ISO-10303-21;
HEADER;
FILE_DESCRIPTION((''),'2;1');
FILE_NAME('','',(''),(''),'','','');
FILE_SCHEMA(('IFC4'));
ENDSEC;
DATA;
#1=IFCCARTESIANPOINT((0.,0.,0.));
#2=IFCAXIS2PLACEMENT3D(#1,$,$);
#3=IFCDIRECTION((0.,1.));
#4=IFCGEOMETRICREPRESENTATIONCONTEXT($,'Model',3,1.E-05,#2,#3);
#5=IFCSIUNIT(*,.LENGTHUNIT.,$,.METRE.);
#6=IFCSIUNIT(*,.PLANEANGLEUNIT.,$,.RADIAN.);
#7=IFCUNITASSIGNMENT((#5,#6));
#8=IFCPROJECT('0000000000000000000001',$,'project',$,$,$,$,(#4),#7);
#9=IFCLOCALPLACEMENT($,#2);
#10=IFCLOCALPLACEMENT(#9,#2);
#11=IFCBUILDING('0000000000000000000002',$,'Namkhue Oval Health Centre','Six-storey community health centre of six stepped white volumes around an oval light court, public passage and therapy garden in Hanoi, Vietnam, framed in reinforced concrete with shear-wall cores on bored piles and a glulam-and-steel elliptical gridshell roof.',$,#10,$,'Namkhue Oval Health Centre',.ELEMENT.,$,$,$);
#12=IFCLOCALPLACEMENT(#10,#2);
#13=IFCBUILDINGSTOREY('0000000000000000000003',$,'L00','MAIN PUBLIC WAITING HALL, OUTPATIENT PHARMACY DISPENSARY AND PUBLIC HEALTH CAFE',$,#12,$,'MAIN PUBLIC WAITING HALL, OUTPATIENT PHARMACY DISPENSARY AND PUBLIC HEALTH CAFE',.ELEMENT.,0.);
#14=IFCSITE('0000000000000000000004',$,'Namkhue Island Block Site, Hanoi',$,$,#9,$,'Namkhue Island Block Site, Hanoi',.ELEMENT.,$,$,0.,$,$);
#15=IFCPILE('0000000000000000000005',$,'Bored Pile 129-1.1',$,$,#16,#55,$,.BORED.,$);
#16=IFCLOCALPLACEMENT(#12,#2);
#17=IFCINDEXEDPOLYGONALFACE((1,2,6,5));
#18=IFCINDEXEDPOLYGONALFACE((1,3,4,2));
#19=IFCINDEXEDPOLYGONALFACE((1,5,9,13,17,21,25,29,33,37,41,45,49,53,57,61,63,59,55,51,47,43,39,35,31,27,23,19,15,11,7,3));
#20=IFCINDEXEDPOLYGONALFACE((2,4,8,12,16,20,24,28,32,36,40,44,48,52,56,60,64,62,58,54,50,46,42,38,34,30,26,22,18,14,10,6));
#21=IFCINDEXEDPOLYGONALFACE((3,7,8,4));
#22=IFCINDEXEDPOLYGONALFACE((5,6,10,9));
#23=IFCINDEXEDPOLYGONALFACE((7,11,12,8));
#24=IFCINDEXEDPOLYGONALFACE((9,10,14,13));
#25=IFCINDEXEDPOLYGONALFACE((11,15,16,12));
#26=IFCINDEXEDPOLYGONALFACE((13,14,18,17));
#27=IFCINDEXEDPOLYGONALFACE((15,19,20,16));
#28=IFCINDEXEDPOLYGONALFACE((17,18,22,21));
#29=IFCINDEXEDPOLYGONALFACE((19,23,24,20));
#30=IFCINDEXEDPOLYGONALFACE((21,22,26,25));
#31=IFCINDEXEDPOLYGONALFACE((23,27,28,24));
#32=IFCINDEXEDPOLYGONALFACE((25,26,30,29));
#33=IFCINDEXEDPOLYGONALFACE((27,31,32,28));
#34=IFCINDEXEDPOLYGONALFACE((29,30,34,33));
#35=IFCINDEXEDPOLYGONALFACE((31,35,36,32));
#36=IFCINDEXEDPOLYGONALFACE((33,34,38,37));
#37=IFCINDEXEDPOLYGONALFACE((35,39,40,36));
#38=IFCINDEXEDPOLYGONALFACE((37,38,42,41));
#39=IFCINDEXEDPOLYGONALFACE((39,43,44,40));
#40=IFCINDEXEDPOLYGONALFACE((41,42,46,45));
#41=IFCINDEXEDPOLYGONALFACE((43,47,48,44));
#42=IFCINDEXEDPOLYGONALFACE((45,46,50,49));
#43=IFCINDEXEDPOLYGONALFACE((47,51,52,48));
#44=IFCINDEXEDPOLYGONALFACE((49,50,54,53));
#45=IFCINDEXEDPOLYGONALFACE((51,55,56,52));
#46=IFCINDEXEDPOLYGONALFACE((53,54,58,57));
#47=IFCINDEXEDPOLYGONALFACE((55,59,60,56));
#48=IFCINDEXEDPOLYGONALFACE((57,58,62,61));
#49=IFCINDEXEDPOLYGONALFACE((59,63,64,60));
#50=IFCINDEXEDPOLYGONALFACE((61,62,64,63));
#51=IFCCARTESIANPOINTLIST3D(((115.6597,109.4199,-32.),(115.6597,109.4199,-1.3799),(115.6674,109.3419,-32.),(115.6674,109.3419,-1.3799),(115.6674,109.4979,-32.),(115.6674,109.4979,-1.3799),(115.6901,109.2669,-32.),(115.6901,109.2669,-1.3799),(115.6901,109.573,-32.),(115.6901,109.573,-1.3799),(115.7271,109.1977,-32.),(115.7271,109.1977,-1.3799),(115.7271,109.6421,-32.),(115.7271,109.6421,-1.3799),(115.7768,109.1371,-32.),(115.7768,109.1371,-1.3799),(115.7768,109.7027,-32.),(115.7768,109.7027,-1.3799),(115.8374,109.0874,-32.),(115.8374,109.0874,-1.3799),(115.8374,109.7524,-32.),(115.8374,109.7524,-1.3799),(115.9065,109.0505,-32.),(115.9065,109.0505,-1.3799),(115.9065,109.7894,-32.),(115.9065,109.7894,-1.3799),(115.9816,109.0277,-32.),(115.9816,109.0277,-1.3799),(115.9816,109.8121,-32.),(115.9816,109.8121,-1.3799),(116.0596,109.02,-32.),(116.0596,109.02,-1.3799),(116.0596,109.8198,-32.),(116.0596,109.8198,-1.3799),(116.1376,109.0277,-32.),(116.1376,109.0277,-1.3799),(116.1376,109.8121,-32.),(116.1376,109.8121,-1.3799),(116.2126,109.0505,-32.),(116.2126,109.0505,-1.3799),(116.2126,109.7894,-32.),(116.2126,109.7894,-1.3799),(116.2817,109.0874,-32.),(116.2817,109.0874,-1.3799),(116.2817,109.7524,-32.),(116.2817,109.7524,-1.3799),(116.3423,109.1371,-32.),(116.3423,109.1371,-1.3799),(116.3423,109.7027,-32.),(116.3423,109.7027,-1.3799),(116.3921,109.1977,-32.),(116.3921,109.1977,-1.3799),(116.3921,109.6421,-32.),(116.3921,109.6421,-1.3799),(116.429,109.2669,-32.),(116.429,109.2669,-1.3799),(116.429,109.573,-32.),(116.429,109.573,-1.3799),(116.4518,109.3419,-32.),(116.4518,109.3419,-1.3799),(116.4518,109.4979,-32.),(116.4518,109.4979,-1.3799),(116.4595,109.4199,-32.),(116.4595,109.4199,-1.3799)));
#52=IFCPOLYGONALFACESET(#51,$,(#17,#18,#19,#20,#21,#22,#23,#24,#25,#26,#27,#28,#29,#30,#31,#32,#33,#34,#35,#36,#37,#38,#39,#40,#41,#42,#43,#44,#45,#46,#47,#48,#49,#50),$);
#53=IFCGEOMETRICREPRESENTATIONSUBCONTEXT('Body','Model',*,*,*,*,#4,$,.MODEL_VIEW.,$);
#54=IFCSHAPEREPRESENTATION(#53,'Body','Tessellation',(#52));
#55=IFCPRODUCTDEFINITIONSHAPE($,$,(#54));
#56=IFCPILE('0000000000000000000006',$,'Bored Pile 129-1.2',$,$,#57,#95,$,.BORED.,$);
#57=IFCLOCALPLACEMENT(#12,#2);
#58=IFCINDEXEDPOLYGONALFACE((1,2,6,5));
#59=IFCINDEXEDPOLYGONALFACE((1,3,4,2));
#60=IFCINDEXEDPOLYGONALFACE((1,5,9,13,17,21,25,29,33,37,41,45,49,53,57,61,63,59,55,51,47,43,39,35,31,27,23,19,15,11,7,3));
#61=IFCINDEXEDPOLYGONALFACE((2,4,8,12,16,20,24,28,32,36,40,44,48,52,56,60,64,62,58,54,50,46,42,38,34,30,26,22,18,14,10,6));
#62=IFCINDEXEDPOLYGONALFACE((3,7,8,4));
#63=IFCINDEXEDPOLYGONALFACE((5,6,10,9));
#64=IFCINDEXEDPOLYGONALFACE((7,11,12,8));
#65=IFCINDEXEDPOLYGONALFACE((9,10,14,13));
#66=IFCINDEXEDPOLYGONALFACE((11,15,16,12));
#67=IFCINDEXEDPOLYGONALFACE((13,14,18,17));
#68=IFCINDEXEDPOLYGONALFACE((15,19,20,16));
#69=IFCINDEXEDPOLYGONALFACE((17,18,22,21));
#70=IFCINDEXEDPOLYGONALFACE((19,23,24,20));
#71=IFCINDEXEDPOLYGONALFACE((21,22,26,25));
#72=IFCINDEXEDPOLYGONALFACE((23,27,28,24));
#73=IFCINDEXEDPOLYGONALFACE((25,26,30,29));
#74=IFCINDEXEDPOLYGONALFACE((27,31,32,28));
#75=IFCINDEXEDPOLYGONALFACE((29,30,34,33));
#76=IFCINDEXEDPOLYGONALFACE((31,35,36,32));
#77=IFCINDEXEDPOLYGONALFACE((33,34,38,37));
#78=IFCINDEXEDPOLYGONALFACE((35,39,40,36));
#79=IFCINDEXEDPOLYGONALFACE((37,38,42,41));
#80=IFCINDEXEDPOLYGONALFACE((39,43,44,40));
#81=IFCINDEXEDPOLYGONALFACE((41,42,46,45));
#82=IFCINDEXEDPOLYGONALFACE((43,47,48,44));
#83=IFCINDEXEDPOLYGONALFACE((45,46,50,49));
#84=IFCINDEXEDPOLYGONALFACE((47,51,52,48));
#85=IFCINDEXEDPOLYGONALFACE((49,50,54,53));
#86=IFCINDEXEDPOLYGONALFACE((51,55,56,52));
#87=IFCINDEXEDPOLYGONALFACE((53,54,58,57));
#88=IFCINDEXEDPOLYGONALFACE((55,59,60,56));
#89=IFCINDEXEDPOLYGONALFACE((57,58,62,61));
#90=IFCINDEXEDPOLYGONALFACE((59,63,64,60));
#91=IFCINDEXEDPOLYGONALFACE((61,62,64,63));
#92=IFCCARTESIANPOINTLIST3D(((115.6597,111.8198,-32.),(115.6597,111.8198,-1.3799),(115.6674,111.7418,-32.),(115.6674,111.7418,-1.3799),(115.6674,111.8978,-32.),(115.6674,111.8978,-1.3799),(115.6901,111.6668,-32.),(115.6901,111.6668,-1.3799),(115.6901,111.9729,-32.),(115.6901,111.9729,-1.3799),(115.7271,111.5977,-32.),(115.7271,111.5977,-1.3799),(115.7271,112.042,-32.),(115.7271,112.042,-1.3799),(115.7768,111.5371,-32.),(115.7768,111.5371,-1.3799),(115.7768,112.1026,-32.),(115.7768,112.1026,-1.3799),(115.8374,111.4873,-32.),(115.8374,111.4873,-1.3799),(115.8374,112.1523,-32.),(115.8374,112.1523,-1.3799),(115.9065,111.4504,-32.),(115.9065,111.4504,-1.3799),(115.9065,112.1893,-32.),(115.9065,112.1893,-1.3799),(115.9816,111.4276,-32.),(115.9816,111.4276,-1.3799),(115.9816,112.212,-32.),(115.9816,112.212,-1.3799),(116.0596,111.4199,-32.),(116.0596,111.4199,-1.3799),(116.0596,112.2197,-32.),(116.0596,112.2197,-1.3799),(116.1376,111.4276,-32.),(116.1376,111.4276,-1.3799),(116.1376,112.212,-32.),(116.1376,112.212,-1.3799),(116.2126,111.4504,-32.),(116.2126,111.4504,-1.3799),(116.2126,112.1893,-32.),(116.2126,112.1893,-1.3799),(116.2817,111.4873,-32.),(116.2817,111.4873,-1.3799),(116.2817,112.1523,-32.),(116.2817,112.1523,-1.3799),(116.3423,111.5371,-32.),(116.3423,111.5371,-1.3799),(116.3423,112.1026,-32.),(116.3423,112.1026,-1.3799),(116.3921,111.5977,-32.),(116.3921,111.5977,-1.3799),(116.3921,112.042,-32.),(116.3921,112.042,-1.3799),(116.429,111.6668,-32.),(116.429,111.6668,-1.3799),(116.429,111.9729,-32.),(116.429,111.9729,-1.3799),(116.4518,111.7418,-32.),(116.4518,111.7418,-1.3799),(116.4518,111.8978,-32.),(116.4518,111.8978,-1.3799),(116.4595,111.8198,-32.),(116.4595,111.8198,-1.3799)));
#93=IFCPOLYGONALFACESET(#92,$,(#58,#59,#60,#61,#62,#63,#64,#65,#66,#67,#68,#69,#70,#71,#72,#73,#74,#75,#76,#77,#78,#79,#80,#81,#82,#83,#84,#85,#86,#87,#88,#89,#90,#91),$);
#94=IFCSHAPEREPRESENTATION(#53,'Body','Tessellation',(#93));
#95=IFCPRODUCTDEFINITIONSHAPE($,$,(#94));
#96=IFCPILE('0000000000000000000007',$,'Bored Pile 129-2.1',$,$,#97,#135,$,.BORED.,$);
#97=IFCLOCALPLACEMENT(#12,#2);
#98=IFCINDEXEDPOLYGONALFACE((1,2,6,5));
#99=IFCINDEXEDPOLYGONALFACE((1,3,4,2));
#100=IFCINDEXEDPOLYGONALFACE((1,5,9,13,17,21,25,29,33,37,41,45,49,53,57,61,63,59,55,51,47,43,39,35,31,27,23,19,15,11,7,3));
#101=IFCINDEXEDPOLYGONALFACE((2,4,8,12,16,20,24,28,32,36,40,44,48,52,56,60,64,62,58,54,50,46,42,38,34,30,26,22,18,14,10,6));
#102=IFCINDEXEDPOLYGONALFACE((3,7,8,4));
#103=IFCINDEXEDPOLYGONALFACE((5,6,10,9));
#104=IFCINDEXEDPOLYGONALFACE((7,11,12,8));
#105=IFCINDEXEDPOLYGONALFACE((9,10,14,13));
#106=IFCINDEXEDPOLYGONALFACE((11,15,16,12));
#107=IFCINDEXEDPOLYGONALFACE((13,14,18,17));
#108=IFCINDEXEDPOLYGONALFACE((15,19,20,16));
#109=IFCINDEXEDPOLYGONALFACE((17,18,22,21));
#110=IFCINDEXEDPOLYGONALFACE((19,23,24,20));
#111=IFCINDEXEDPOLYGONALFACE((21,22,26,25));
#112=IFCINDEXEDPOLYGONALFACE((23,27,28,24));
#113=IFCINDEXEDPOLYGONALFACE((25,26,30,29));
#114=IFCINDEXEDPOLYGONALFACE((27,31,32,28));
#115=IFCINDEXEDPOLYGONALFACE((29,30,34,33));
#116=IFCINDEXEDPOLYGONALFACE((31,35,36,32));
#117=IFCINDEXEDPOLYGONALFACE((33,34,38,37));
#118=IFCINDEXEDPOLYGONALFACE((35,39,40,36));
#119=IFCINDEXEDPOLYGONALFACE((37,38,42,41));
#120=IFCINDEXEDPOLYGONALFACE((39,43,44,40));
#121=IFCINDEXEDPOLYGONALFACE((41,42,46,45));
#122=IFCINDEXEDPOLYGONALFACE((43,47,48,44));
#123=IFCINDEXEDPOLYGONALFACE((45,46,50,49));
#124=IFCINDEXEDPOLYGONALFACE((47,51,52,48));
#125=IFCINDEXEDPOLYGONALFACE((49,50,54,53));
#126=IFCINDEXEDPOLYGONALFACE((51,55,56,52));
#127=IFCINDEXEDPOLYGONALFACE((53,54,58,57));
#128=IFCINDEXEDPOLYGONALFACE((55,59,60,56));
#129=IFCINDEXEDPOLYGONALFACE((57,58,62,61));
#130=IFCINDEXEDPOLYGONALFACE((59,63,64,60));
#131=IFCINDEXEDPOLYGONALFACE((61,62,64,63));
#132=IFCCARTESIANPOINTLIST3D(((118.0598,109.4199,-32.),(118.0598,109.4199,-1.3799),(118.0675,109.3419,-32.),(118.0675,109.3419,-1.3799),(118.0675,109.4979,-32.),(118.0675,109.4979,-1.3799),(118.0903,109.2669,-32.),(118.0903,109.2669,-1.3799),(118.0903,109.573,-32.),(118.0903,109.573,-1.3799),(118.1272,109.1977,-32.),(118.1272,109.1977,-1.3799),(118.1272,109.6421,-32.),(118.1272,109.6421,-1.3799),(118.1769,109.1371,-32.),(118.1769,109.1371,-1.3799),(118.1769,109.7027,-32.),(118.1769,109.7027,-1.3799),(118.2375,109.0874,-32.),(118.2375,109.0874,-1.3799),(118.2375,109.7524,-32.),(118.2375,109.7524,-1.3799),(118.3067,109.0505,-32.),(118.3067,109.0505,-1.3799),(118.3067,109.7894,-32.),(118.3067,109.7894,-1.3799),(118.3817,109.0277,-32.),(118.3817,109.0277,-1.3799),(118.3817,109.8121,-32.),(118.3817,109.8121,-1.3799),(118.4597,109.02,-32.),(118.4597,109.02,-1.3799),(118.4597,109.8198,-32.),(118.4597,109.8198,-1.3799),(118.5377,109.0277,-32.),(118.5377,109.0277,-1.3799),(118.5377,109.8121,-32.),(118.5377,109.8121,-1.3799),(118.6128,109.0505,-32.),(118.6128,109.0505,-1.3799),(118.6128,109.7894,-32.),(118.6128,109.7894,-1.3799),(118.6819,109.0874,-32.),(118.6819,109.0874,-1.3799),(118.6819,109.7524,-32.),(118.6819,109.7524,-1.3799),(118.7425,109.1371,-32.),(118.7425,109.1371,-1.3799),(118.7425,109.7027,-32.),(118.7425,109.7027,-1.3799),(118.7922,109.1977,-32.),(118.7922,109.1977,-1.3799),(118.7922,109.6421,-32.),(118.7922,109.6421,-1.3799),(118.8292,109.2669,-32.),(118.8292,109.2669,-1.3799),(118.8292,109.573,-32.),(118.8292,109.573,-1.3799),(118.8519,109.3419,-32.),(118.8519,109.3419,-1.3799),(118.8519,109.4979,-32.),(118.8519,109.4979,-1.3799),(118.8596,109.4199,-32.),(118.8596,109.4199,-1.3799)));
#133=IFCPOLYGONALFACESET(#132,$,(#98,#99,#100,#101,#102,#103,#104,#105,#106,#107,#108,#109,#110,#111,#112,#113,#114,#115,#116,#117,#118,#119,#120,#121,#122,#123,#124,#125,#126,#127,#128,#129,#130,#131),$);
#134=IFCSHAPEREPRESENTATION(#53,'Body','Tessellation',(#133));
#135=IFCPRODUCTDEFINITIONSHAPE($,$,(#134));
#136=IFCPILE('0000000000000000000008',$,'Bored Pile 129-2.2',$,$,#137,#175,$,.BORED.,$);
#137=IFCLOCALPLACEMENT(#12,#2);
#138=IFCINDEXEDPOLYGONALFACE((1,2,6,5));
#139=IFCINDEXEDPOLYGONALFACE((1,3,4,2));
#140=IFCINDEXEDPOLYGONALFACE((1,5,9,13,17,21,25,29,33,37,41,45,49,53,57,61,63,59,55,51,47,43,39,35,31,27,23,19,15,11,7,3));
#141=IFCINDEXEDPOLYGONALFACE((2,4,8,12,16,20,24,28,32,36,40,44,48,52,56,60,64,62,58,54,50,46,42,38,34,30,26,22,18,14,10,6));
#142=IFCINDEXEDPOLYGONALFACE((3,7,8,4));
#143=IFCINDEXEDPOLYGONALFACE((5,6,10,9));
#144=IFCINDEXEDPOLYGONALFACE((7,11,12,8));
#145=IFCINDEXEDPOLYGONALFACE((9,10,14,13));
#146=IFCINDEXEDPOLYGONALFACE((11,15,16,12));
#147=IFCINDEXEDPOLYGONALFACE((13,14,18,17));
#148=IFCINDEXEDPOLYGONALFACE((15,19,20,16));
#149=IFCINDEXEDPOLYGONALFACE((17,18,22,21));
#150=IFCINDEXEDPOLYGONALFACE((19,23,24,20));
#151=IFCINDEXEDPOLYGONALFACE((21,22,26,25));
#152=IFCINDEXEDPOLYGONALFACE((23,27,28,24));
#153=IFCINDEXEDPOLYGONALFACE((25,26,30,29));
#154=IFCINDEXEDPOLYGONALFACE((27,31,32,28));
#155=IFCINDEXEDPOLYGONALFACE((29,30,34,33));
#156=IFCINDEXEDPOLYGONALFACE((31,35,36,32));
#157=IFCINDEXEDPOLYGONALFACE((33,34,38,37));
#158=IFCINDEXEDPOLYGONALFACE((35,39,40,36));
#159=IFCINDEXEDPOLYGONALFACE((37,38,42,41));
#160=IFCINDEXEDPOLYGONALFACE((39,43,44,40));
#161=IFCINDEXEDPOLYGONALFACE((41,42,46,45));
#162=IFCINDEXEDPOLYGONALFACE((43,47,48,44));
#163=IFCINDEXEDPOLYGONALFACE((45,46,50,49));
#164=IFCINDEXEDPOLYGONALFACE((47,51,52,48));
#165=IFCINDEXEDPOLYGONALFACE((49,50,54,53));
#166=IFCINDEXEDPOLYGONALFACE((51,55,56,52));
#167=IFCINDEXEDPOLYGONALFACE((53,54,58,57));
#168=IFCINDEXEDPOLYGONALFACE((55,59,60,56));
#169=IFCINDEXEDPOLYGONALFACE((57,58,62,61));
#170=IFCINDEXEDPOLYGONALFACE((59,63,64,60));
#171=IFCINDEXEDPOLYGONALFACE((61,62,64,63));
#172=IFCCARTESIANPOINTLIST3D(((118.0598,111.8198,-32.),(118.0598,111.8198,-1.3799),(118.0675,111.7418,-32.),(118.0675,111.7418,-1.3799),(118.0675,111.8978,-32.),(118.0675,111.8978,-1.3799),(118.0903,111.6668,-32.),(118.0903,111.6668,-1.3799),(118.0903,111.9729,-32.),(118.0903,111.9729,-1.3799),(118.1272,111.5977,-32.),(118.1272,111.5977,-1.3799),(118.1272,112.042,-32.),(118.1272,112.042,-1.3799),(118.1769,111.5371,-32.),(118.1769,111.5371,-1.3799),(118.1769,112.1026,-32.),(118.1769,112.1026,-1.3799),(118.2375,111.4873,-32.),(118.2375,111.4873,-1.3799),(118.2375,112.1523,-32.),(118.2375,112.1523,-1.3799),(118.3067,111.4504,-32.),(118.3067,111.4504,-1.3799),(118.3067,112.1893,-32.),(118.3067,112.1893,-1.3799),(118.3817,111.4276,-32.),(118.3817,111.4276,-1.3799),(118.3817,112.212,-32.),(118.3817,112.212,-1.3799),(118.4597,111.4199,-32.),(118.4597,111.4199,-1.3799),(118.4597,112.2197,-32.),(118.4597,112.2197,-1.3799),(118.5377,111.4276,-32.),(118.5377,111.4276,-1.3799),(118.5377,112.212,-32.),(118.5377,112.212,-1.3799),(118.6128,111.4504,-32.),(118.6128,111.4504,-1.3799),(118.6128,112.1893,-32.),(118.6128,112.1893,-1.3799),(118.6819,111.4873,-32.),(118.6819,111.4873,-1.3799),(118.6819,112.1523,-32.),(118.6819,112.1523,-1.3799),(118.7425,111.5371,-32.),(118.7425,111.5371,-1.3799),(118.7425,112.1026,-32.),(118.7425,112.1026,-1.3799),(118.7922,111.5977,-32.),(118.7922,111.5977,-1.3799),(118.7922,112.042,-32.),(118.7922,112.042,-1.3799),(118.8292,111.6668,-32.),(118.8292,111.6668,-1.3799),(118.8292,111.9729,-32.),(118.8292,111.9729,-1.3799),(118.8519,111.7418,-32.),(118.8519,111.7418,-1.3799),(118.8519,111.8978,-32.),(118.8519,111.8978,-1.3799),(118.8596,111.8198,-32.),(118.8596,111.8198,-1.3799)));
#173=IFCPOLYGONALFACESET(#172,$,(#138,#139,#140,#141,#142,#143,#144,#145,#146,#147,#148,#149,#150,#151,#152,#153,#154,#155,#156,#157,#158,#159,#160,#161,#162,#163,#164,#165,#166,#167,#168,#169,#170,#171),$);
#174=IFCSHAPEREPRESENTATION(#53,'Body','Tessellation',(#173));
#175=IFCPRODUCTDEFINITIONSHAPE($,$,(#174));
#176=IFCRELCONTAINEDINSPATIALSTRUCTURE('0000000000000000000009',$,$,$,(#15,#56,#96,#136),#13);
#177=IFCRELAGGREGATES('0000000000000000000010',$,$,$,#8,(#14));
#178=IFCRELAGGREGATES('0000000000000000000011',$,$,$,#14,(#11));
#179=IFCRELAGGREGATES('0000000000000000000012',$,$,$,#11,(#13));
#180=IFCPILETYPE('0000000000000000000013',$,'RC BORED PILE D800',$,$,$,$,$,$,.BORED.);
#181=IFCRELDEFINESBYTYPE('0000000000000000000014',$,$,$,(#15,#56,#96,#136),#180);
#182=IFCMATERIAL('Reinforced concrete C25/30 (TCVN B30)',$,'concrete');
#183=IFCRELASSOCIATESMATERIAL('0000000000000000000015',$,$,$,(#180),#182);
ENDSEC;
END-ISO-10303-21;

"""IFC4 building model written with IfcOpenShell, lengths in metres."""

from ifc_helpers import new_model, si_unit, direction, frame, origin, origin_2d, place, context, subcontext, project, spatial, circle, extrude, material, material_profile, profile_set, type_object, element, save


model = new_model("IFC4")

# Units and contexts
model_context = context("Model", 3, precision=1e-05, world=origin(), true_north=direction((0.0, 1.0)))
body_context = subcontext(model_context, "Body", "Model", "MODEL_VIEW")
ifc_project = project(units=[si_unit("LENGTHUNIT", "METRE"), si_unit("PLANEANGLEUNIT", "RADIAN")], contexts=[model_context])

# Site, building, storey
site_placement = place(None, origin())
site = spatial("IfcSite", under=ifc_project, at=site_placement, Name="Namkhue Island Block Site, Hanoi", LongName="Namkhue Island Block Site, Hanoi", CompositionType="ELEMENT", RefElevation=0.0)
building_placement = place(site_placement, origin())
building = spatial("IfcBuilding", under=site, at=building_placement, Name="Namkhue Oval Health Centre", Description="Six-storey community health centre of six stepped white volumes around an oval light court, public passage and therapy garden in Hanoi, Vietnam, framed in reinforced concrete with shear-wall cores on bored piles and a glulam-and-steel elliptical gridshell roof.", LongName="Namkhue Oval Health Centre", CompositionType="ELEMENT")
storey_placement = place(building_placement, origin())
storey = spatial("IfcBuildingStorey", under=building, at=storey_placement, Name="L00", Description="MAIN PUBLIC WAITING HALL, OUTPATIENT PHARMACY DISPENSARY AND PUBLIC HEALTH CAFE", LongName="MAIN PUBLIC WAITING HALL, OUTPATIENT PHARMACY DISPENSARY AND PUBLIC HEALTH CAFE", CompositionType="ELEMENT", Elevation=0.0)

# Piles
ifc_material_1 = material(Name="Reinforced concrete C25/30 (TCVN B30)", Category="concrete")
ifc_material_profile_1 = material_profile(ifc_material_1, circle(Radius=0.3999, at=origin_2d()), Name="BORED PILE D800")
ifc_profile_set_1 = profile_set([ifc_material_profile_1], Name="Reinforced concrete C25/30 (TCVN B30)")
pile_type = type_object("IfcPileType", Name="RC BORED PILE D800", PredefinedType="BORED", material=ifc_profile_set_1)
for number, where, z_axis, x_axis, name in (
    (1, (116.0596, 109.4199, -1.3799), (0.0, 0.0, -1.0), (1.0, 0.0, 0.0), "Bored Pile 129-1.1"),
    (2, (116.0596, 111.8198, -1.3799), (0.0, 0.0, -1.0), (1.0, 0.0, 0.0), "Bored Pile 129-1.2"),
    (3, (118.4597, 109.4199, -1.3799), (0.0, 0.0, -1.0), (1.0, 0.0, 0.0), "Bored Pile 129-2.1"),
    (4, (118.4597, 111.8198, -1.3799), (0.0, 0.0, -1.0), (1.0, 0.0, 0.0), "Bored Pile 129-2.2"),
):
    element("IfcPile", number, at=place(storey_placement, frame(where, z_axis=z_axis, x_axis=x_axis)), inside=storey, type_object=pile_type, Name=name, PredefinedType="BORED", context=body_context, shape_type="SweptSolid", body=[
        extrude(circle(Radius=0.3999, at=origin_2d()), origin(), (0.0, 0.0, 1.0), 30.6201),
    ])

save(model, "model.ifc")
